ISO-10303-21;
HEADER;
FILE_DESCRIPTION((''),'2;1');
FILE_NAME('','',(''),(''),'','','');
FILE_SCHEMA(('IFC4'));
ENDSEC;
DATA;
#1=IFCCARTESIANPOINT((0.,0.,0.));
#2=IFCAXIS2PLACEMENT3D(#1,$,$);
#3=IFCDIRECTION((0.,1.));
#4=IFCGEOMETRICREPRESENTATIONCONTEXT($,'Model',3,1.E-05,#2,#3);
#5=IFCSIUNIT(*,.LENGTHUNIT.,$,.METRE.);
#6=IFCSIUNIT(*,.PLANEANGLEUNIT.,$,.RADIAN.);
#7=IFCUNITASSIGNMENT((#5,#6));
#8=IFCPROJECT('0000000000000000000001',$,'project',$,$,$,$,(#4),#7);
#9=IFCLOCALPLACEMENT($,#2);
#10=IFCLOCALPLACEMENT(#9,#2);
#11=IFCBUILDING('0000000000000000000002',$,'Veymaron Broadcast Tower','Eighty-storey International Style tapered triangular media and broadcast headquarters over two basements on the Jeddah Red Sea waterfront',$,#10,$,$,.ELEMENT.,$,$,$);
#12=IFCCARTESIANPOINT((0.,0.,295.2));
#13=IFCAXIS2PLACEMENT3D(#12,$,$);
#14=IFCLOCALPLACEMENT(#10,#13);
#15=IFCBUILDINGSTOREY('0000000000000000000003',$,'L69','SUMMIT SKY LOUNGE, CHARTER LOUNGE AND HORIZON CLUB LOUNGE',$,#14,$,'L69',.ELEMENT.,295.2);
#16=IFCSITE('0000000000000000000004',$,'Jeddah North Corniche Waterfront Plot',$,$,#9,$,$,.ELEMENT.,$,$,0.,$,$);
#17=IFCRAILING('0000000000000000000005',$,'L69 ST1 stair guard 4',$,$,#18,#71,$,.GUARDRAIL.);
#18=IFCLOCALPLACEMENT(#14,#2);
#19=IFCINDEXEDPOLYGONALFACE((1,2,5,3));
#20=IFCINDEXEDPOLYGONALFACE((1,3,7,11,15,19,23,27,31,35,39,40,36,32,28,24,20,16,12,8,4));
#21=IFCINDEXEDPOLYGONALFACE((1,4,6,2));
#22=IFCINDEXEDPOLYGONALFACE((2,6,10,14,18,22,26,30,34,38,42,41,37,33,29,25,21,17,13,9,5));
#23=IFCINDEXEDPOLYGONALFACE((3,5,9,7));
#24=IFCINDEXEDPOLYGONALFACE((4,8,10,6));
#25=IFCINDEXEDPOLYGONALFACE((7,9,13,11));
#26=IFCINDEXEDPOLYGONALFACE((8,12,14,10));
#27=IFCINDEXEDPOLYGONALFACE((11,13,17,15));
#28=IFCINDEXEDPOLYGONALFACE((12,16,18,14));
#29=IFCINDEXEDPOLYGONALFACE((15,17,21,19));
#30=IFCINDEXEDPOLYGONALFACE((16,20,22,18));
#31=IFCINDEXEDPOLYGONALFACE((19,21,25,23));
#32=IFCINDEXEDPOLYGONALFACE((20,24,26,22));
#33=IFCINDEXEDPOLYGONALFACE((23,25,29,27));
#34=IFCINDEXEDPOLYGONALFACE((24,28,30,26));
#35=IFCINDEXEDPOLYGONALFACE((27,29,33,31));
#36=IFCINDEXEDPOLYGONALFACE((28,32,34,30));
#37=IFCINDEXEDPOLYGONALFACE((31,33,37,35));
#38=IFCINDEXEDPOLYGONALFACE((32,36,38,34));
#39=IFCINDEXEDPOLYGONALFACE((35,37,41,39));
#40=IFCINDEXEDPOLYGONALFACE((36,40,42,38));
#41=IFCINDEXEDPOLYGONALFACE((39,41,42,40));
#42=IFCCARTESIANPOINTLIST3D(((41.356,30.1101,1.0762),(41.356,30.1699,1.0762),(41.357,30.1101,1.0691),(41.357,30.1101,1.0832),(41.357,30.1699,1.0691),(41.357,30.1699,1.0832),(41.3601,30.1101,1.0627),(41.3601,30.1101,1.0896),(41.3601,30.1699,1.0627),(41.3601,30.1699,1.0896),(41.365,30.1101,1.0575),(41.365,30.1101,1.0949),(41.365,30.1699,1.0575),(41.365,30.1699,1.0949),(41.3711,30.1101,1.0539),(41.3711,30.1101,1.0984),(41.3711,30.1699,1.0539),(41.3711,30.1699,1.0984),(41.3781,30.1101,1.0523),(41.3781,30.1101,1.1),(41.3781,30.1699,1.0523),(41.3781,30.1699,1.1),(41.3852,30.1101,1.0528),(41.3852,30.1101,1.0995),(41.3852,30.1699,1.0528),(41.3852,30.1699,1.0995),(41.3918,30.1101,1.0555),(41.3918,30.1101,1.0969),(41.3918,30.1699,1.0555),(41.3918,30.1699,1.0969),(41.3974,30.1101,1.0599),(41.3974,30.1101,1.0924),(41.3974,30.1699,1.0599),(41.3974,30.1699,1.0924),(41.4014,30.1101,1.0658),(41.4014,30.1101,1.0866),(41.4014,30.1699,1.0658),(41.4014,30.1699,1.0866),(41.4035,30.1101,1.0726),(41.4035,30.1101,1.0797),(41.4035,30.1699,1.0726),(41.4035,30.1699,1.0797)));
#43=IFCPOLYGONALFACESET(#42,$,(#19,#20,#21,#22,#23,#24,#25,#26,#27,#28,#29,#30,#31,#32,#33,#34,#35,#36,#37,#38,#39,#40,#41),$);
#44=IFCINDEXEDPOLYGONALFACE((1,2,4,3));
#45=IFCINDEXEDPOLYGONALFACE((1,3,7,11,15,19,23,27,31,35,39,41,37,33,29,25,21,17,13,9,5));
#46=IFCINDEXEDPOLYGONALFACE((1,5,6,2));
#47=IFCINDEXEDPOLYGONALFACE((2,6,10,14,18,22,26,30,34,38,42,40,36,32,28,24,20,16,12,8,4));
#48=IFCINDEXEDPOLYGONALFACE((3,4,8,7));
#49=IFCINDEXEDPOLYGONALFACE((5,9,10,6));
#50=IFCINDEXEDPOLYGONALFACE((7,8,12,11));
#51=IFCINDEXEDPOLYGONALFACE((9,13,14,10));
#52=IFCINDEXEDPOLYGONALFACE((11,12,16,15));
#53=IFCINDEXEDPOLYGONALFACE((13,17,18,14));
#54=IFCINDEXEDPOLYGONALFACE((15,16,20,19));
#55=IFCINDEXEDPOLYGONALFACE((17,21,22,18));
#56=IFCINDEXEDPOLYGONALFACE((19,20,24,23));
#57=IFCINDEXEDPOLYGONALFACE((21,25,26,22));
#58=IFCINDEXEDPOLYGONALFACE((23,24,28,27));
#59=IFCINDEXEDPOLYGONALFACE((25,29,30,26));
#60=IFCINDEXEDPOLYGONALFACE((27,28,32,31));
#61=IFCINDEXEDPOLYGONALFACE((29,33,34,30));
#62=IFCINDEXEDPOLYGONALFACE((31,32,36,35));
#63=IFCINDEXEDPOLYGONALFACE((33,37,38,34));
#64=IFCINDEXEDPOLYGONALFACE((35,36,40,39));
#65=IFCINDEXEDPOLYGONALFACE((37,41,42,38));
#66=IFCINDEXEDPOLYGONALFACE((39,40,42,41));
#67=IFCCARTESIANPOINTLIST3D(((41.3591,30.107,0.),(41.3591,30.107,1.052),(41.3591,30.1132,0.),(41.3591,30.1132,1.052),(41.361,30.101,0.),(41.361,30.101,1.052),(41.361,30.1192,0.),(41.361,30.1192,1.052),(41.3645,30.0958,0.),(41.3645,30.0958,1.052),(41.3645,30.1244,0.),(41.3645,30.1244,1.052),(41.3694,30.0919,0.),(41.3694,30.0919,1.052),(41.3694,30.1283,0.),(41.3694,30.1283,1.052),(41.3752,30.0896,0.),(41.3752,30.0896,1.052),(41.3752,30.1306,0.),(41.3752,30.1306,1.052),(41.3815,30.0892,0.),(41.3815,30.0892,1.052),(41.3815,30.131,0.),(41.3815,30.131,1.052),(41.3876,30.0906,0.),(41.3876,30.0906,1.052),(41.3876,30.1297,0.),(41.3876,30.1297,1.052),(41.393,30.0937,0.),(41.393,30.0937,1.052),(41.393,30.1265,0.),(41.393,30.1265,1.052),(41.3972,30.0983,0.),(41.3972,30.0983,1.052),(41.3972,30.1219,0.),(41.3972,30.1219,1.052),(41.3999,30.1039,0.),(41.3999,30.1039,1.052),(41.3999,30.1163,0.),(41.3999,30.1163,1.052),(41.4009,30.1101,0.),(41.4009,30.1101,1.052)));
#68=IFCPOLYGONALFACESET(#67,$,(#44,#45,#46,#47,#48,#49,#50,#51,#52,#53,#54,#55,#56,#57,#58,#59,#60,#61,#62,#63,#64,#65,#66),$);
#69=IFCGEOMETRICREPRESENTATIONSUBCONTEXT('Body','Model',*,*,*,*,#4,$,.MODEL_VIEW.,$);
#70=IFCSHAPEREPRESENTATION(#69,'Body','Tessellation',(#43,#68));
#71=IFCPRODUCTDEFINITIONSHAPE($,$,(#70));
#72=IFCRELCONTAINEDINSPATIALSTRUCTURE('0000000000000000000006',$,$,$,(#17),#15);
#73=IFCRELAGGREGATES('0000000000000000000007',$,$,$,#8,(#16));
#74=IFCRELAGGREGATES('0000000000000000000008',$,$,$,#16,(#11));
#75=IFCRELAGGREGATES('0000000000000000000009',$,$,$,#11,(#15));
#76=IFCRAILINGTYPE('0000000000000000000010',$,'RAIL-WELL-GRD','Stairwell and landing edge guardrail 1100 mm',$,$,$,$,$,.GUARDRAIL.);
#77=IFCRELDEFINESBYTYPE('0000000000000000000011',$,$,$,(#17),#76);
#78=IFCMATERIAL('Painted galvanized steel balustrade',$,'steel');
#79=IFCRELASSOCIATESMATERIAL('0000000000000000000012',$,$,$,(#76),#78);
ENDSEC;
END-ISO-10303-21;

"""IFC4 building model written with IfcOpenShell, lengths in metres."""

from ifc_helpers import new_model, si_unit, direction, frame, origin, origin_2d, place, context, subcontext, project, spatial, circle, extrude, material, type_object, element, save


model = new_model("IFC4")

# Units and contexts
model_context = context("Model", 3, precision=1e-05, world=origin(), true_north=direction((0.0, 1.0)))
body_context = subcontext(model_context, "Body", "Model", "MODEL_VIEW")
ifc_project = project(units=[si_unit("LENGTHUNIT", "METRE"), si_unit("PLANEANGLEUNIT", "RADIAN")], contexts=[model_context])

# Site, building, storey
site_placement = place(None, origin())
site = spatial("IfcSite", under=ifc_project, at=site_placement, Name="Jeddah North Corniche Waterfront Plot", CompositionType="ELEMENT", RefElevation=0.0)
building_placement = place(site_placement, origin())
building = spatial("IfcBuilding", under=site, at=building_placement, Name="Veymaron Broadcast Tower", Description="Eighty-storey International Style tapered triangular media and broadcast headquarters over two basements on the Jeddah Red Sea waterfront", CompositionType="ELEMENT")
storey_placement = place(building_placement, frame((0.0, 0.0, 295.2)))
storey = spatial("IfcBuildingStorey", under=building, at=storey_placement, Name="L69", Description="SUMMIT SKY LOUNGE, CHARTER LOUNGE AND HORIZON CLUB LOUNGE", LongName="L69", CompositionType="ELEMENT", Elevation=295.2)

# Railing
ifc_material_1 = material(Name="Painted galvanized steel balustrade", Category="steel")
railing_type_1 = type_object("IfcRailingType", Name="RAIL-WELL-GRD", Description="Stairwell and landing edge guardrail 1100 mm", PredefinedType="GUARDRAIL", material=ifc_material_1)
railing_1_placement = place(storey_placement, frame((41.3799, 30.1101, 0.0)))
element("IfcRailing", 1, at=railing_1_placement, inside=storey, type_object=railing_type_1, Name="L69 ST1 stair guard 4", PredefinedType="GUARDRAIL", context=body_context, shape_type="SweptSolid", body=[
    extrude(circle(Radius=0.0239, at=origin_2d()), frame((0.0, 0.0, 1.0762), z_axis=(0.0, 1.0, 0.0), x_axis=(-1.0, 0.0, 0.0)), (0.0, 0.0, 1.0), 0.0598),
    extrude(circle(Radius=0.021, at=origin_2d()), origin(), (0.0, 0.0, 1.0), 1.052),
])

save(model, "model.ifc")
